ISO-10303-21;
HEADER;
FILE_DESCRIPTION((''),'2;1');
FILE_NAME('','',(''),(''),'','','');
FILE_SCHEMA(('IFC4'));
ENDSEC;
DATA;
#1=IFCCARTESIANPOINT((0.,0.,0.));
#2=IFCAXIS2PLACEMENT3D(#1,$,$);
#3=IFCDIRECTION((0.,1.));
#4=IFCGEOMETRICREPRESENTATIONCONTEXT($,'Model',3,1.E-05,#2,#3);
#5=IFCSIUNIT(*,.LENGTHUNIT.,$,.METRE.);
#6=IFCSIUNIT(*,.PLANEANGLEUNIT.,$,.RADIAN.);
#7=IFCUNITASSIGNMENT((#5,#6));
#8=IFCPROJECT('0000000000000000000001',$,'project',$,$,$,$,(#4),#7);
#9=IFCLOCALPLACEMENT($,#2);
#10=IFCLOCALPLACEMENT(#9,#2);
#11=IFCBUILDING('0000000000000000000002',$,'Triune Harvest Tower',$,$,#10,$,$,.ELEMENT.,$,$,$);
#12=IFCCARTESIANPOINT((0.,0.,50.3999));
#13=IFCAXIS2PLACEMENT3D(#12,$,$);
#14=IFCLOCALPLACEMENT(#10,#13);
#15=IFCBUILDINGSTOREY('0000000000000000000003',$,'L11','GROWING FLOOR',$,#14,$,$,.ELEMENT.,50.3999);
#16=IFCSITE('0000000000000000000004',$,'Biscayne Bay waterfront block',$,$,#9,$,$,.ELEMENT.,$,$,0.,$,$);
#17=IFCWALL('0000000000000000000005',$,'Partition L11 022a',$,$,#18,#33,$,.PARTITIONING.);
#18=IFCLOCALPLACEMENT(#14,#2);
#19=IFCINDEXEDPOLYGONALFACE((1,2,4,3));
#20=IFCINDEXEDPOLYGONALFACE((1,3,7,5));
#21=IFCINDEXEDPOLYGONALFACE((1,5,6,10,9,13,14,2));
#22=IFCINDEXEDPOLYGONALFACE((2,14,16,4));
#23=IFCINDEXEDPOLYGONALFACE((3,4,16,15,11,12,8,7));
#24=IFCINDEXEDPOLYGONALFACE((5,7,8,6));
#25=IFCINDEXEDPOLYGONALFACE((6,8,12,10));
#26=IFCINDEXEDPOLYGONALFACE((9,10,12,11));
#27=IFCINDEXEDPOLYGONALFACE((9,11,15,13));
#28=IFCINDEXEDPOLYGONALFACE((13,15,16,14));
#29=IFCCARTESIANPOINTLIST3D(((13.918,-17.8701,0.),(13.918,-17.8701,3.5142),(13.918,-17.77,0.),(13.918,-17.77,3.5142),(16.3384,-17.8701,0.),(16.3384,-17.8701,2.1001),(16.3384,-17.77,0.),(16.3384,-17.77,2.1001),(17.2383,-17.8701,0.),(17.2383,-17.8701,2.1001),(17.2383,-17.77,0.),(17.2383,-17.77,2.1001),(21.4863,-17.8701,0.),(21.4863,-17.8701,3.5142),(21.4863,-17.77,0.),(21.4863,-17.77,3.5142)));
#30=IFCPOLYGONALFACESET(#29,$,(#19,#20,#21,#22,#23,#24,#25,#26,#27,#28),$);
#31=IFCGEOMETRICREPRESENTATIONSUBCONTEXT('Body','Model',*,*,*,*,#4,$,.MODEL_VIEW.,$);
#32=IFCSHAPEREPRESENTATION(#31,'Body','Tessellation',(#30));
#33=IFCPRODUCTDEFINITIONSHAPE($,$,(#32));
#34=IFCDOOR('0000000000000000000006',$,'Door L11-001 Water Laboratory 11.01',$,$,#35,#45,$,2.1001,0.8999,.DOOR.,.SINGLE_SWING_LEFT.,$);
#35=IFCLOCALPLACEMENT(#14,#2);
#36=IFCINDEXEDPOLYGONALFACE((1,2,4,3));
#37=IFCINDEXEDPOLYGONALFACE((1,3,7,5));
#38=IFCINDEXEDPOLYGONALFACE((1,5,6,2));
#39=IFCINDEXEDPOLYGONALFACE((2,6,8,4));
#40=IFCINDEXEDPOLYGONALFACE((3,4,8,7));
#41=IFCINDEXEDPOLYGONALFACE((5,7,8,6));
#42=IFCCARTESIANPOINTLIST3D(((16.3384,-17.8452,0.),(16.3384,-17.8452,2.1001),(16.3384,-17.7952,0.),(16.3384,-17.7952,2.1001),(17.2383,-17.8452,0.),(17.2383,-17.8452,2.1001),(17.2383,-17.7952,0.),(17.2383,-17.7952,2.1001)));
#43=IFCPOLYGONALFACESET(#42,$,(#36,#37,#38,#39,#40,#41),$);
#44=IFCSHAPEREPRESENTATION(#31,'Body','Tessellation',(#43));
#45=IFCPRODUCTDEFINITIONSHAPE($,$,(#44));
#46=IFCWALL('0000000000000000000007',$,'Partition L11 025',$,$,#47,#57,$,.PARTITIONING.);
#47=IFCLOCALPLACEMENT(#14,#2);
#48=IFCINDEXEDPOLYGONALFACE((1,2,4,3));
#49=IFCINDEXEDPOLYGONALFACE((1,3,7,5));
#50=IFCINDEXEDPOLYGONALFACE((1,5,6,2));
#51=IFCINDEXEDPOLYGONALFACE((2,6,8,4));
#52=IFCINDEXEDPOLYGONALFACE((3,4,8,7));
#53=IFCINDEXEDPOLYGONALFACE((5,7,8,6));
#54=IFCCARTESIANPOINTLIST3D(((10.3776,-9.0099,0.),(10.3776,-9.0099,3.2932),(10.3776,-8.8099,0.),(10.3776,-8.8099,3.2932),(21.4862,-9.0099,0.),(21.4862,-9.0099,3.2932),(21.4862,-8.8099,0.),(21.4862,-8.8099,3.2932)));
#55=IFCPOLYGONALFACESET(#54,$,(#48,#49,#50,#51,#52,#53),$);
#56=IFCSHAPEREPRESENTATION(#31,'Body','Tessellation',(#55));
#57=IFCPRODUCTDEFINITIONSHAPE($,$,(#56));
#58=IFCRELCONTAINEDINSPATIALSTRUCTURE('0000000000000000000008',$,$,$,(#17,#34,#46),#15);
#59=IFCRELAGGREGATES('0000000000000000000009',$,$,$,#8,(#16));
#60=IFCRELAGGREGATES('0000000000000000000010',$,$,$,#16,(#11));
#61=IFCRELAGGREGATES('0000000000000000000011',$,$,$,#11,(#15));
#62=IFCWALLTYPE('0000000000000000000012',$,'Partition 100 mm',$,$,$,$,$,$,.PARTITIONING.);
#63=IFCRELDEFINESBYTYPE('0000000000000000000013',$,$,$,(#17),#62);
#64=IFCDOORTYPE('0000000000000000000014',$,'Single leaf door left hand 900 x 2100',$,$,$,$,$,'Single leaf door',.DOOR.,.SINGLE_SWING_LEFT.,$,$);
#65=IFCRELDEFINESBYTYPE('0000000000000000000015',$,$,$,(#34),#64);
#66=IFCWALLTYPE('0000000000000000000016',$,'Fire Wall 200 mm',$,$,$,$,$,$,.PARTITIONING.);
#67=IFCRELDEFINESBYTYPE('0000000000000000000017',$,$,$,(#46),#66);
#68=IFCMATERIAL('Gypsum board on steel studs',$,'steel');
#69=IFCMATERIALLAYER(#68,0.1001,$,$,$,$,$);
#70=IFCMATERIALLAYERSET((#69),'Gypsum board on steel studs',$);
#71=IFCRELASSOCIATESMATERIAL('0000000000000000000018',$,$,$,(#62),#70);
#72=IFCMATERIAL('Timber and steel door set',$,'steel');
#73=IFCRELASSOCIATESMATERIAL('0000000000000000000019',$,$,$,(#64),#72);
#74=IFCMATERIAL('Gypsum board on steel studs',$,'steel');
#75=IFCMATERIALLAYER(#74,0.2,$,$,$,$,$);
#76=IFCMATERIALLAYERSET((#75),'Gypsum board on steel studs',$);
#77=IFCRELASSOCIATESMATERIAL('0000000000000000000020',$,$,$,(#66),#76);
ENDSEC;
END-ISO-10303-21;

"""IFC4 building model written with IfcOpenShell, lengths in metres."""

from ifc_helpers import new_model, si_unit, direction, frame, frame_2d, origin, place, context, subcontext, project, spatial, rectangle, extrude, source, transform, mapped, material, layer, layer_set, type_object, element, fill, save


model = new_model("IFC4")

# Units and contexts
model_context = context("Model", 3, precision=1e-05, world=origin(), true_north=direction((0.0, 1.0)))
body_context = subcontext(model_context, "Body", "Model", "MODEL_VIEW")
ifc_project = project(units=[si_unit("LENGTHUNIT", "METRE"), si_unit("PLANEANGLEUNIT", "RADIAN")], contexts=[model_context])

# Site, building, storey
site_placement = place(None, origin())
site = spatial("IfcSite", under=ifc_project, at=site_placement, Name="Biscayne Bay waterfront block", CompositionType="ELEMENT", RefElevation=0.0)
building_placement = place(site_placement, origin())
building = spatial("IfcBuilding", under=site, at=building_placement, Name="Triune Harvest Tower", CompositionType="ELEMENT")
storey_placement = place(building_placement, frame((0.0, 0.0, 50.3999)))
storey = spatial("IfcBuildingStorey", under=building, at=storey_placement, Name="L11", Description="GROWING FLOOR", CompositionType="ELEMENT", Elevation=50.3999)

# Shared definitions
ifc_material_1 = material(Name="Gypsum board on steel studs", Category="steel")
ifc_layer_1 = layer(ifc_material_1, 0.1001)
ifc_layer_set_1 = layer_set([ifc_layer_1], Name="Gypsum board on steel studs")
wall_type_1 = type_object("IfcWallType", Name="Partition 100 mm", PredefinedType="PARTITIONING", material=ifc_layer_set_1)

# Wall, opening, door
shared_shape_1 = source(origin(), body_context, "Body", "SweptSolid", [
    extrude(rectangle(XDim=7.5684, YDim=0.1001, at=frame_2d((3.7842, 0.0))), origin(), (0.0, 0.0, 1.0), 3.5142),
])
wall_1_placement = place(storey_placement, frame((13.918, -17.8201, 0.0), z_axis=(0.0, 0.0, 1.0), x_axis=(1.0, 0.0, 0.0)))
wall_1 = element("IfcWall", 1, at=wall_1_placement, inside=storey, type_object=wall_type_1, Name="Partition L11 022a", PredefinedType="PARTITIONING", context=body_context, shape_type="MappedRepresentation", body=[
    mapped(shared_shape_1, transform((0.0, 0.0, 0.0), scale=1.0)),
])
opening_1_placement = place(wall_1_placement, frame((2.4204, 0.0, 0.0)))
opening_1 = element("IfcOpeningElement", 2, at=opening_1_placement, cuts=wall_1, PredefinedType="OPENING", context=body_context, shape_type="SweptSolid", body=[
    extrude(rectangle(XDim=0.8999, YDim=2.1001, at=frame_2d((0.45, 1.05))), frame((0.0, 0.0601, 0.0), z_axis=(0.0, -1.0, 0.0), x_axis=(1.0, 0.0, 0.0)), (0.0, 0.0, 1.0), 0.1201),
])
ifc_material_2 = material(Name="Timber and steel door set", Category="steel")
door_type_1 = type_object("IfcDoorType", Name="Single leaf door left hand 900 x 2100", ElementType="Single leaf door", OperationType="SINGLE_SWING_LEFT", PredefinedType="DOOR", material=ifc_material_2)
door_1_placement = place(opening_1_placement, origin())
door_1 = element("IfcDoor", 3, at=door_1_placement, inside=storey, type_object=door_type_1, Name="Door L11-001 Water Laboratory 11.01", OperationType="SINGLE_SWING_LEFT", OverallHeight=2.1001, OverallWidth=0.8999, PredefinedType="DOOR", context=body_context, shape_type="SweptSolid", body=[
    extrude(rectangle(XDim=0.8999, YDim=2.1001, at=frame_2d((0.45, 1.05))), frame((0.0, 0.0249, 0.0), z_axis=(0.0, -1.0, 0.0), x_axis=(1.0, 0.0, 0.0)), (0.0, 0.0, 1.0), 0.05),
])
fill(opening_1, door_1)

# Wall
ifc_material_3 = material(Name="Gypsum board on steel studs", Category="steel")
ifc_layer_2 = layer(ifc_material_3, 0.2)
ifc_layer_set_2 = layer_set([ifc_layer_2], Name="Gypsum board on steel studs")
wall_type_2 = type_object("IfcWallType", Name="Fire Wall 200 mm", PredefinedType="PARTITIONING", material=ifc_layer_set_2)
shared_shape_2 = source(origin(), body_context, "Body", "SweptSolid", [
    extrude(rectangle(XDim=11.1086, YDim=0.2, at=frame_2d((5.5542, 0.0))), origin(), (0.0, 0.0, 1.0), 3.2932),
])
wall_2_placement = place(storey_placement, frame((10.3777, -8.9099, 0.0), z_axis=(0.0, 0.0, 1.0), x_axis=(1.0, 0.0, 0.0)))
element("IfcWall", 4, at=wall_2_placement, inside=storey, type_object=wall_type_2, Name="Partition L11 025", PredefinedType="PARTITIONING", context=body_context, shape_type="MappedRepresentation", body=[
    mapped(shared_shape_2, transform((0.0, 0.0, 0.0), scale=1.0)),
])

save(model, "model.ifc")
